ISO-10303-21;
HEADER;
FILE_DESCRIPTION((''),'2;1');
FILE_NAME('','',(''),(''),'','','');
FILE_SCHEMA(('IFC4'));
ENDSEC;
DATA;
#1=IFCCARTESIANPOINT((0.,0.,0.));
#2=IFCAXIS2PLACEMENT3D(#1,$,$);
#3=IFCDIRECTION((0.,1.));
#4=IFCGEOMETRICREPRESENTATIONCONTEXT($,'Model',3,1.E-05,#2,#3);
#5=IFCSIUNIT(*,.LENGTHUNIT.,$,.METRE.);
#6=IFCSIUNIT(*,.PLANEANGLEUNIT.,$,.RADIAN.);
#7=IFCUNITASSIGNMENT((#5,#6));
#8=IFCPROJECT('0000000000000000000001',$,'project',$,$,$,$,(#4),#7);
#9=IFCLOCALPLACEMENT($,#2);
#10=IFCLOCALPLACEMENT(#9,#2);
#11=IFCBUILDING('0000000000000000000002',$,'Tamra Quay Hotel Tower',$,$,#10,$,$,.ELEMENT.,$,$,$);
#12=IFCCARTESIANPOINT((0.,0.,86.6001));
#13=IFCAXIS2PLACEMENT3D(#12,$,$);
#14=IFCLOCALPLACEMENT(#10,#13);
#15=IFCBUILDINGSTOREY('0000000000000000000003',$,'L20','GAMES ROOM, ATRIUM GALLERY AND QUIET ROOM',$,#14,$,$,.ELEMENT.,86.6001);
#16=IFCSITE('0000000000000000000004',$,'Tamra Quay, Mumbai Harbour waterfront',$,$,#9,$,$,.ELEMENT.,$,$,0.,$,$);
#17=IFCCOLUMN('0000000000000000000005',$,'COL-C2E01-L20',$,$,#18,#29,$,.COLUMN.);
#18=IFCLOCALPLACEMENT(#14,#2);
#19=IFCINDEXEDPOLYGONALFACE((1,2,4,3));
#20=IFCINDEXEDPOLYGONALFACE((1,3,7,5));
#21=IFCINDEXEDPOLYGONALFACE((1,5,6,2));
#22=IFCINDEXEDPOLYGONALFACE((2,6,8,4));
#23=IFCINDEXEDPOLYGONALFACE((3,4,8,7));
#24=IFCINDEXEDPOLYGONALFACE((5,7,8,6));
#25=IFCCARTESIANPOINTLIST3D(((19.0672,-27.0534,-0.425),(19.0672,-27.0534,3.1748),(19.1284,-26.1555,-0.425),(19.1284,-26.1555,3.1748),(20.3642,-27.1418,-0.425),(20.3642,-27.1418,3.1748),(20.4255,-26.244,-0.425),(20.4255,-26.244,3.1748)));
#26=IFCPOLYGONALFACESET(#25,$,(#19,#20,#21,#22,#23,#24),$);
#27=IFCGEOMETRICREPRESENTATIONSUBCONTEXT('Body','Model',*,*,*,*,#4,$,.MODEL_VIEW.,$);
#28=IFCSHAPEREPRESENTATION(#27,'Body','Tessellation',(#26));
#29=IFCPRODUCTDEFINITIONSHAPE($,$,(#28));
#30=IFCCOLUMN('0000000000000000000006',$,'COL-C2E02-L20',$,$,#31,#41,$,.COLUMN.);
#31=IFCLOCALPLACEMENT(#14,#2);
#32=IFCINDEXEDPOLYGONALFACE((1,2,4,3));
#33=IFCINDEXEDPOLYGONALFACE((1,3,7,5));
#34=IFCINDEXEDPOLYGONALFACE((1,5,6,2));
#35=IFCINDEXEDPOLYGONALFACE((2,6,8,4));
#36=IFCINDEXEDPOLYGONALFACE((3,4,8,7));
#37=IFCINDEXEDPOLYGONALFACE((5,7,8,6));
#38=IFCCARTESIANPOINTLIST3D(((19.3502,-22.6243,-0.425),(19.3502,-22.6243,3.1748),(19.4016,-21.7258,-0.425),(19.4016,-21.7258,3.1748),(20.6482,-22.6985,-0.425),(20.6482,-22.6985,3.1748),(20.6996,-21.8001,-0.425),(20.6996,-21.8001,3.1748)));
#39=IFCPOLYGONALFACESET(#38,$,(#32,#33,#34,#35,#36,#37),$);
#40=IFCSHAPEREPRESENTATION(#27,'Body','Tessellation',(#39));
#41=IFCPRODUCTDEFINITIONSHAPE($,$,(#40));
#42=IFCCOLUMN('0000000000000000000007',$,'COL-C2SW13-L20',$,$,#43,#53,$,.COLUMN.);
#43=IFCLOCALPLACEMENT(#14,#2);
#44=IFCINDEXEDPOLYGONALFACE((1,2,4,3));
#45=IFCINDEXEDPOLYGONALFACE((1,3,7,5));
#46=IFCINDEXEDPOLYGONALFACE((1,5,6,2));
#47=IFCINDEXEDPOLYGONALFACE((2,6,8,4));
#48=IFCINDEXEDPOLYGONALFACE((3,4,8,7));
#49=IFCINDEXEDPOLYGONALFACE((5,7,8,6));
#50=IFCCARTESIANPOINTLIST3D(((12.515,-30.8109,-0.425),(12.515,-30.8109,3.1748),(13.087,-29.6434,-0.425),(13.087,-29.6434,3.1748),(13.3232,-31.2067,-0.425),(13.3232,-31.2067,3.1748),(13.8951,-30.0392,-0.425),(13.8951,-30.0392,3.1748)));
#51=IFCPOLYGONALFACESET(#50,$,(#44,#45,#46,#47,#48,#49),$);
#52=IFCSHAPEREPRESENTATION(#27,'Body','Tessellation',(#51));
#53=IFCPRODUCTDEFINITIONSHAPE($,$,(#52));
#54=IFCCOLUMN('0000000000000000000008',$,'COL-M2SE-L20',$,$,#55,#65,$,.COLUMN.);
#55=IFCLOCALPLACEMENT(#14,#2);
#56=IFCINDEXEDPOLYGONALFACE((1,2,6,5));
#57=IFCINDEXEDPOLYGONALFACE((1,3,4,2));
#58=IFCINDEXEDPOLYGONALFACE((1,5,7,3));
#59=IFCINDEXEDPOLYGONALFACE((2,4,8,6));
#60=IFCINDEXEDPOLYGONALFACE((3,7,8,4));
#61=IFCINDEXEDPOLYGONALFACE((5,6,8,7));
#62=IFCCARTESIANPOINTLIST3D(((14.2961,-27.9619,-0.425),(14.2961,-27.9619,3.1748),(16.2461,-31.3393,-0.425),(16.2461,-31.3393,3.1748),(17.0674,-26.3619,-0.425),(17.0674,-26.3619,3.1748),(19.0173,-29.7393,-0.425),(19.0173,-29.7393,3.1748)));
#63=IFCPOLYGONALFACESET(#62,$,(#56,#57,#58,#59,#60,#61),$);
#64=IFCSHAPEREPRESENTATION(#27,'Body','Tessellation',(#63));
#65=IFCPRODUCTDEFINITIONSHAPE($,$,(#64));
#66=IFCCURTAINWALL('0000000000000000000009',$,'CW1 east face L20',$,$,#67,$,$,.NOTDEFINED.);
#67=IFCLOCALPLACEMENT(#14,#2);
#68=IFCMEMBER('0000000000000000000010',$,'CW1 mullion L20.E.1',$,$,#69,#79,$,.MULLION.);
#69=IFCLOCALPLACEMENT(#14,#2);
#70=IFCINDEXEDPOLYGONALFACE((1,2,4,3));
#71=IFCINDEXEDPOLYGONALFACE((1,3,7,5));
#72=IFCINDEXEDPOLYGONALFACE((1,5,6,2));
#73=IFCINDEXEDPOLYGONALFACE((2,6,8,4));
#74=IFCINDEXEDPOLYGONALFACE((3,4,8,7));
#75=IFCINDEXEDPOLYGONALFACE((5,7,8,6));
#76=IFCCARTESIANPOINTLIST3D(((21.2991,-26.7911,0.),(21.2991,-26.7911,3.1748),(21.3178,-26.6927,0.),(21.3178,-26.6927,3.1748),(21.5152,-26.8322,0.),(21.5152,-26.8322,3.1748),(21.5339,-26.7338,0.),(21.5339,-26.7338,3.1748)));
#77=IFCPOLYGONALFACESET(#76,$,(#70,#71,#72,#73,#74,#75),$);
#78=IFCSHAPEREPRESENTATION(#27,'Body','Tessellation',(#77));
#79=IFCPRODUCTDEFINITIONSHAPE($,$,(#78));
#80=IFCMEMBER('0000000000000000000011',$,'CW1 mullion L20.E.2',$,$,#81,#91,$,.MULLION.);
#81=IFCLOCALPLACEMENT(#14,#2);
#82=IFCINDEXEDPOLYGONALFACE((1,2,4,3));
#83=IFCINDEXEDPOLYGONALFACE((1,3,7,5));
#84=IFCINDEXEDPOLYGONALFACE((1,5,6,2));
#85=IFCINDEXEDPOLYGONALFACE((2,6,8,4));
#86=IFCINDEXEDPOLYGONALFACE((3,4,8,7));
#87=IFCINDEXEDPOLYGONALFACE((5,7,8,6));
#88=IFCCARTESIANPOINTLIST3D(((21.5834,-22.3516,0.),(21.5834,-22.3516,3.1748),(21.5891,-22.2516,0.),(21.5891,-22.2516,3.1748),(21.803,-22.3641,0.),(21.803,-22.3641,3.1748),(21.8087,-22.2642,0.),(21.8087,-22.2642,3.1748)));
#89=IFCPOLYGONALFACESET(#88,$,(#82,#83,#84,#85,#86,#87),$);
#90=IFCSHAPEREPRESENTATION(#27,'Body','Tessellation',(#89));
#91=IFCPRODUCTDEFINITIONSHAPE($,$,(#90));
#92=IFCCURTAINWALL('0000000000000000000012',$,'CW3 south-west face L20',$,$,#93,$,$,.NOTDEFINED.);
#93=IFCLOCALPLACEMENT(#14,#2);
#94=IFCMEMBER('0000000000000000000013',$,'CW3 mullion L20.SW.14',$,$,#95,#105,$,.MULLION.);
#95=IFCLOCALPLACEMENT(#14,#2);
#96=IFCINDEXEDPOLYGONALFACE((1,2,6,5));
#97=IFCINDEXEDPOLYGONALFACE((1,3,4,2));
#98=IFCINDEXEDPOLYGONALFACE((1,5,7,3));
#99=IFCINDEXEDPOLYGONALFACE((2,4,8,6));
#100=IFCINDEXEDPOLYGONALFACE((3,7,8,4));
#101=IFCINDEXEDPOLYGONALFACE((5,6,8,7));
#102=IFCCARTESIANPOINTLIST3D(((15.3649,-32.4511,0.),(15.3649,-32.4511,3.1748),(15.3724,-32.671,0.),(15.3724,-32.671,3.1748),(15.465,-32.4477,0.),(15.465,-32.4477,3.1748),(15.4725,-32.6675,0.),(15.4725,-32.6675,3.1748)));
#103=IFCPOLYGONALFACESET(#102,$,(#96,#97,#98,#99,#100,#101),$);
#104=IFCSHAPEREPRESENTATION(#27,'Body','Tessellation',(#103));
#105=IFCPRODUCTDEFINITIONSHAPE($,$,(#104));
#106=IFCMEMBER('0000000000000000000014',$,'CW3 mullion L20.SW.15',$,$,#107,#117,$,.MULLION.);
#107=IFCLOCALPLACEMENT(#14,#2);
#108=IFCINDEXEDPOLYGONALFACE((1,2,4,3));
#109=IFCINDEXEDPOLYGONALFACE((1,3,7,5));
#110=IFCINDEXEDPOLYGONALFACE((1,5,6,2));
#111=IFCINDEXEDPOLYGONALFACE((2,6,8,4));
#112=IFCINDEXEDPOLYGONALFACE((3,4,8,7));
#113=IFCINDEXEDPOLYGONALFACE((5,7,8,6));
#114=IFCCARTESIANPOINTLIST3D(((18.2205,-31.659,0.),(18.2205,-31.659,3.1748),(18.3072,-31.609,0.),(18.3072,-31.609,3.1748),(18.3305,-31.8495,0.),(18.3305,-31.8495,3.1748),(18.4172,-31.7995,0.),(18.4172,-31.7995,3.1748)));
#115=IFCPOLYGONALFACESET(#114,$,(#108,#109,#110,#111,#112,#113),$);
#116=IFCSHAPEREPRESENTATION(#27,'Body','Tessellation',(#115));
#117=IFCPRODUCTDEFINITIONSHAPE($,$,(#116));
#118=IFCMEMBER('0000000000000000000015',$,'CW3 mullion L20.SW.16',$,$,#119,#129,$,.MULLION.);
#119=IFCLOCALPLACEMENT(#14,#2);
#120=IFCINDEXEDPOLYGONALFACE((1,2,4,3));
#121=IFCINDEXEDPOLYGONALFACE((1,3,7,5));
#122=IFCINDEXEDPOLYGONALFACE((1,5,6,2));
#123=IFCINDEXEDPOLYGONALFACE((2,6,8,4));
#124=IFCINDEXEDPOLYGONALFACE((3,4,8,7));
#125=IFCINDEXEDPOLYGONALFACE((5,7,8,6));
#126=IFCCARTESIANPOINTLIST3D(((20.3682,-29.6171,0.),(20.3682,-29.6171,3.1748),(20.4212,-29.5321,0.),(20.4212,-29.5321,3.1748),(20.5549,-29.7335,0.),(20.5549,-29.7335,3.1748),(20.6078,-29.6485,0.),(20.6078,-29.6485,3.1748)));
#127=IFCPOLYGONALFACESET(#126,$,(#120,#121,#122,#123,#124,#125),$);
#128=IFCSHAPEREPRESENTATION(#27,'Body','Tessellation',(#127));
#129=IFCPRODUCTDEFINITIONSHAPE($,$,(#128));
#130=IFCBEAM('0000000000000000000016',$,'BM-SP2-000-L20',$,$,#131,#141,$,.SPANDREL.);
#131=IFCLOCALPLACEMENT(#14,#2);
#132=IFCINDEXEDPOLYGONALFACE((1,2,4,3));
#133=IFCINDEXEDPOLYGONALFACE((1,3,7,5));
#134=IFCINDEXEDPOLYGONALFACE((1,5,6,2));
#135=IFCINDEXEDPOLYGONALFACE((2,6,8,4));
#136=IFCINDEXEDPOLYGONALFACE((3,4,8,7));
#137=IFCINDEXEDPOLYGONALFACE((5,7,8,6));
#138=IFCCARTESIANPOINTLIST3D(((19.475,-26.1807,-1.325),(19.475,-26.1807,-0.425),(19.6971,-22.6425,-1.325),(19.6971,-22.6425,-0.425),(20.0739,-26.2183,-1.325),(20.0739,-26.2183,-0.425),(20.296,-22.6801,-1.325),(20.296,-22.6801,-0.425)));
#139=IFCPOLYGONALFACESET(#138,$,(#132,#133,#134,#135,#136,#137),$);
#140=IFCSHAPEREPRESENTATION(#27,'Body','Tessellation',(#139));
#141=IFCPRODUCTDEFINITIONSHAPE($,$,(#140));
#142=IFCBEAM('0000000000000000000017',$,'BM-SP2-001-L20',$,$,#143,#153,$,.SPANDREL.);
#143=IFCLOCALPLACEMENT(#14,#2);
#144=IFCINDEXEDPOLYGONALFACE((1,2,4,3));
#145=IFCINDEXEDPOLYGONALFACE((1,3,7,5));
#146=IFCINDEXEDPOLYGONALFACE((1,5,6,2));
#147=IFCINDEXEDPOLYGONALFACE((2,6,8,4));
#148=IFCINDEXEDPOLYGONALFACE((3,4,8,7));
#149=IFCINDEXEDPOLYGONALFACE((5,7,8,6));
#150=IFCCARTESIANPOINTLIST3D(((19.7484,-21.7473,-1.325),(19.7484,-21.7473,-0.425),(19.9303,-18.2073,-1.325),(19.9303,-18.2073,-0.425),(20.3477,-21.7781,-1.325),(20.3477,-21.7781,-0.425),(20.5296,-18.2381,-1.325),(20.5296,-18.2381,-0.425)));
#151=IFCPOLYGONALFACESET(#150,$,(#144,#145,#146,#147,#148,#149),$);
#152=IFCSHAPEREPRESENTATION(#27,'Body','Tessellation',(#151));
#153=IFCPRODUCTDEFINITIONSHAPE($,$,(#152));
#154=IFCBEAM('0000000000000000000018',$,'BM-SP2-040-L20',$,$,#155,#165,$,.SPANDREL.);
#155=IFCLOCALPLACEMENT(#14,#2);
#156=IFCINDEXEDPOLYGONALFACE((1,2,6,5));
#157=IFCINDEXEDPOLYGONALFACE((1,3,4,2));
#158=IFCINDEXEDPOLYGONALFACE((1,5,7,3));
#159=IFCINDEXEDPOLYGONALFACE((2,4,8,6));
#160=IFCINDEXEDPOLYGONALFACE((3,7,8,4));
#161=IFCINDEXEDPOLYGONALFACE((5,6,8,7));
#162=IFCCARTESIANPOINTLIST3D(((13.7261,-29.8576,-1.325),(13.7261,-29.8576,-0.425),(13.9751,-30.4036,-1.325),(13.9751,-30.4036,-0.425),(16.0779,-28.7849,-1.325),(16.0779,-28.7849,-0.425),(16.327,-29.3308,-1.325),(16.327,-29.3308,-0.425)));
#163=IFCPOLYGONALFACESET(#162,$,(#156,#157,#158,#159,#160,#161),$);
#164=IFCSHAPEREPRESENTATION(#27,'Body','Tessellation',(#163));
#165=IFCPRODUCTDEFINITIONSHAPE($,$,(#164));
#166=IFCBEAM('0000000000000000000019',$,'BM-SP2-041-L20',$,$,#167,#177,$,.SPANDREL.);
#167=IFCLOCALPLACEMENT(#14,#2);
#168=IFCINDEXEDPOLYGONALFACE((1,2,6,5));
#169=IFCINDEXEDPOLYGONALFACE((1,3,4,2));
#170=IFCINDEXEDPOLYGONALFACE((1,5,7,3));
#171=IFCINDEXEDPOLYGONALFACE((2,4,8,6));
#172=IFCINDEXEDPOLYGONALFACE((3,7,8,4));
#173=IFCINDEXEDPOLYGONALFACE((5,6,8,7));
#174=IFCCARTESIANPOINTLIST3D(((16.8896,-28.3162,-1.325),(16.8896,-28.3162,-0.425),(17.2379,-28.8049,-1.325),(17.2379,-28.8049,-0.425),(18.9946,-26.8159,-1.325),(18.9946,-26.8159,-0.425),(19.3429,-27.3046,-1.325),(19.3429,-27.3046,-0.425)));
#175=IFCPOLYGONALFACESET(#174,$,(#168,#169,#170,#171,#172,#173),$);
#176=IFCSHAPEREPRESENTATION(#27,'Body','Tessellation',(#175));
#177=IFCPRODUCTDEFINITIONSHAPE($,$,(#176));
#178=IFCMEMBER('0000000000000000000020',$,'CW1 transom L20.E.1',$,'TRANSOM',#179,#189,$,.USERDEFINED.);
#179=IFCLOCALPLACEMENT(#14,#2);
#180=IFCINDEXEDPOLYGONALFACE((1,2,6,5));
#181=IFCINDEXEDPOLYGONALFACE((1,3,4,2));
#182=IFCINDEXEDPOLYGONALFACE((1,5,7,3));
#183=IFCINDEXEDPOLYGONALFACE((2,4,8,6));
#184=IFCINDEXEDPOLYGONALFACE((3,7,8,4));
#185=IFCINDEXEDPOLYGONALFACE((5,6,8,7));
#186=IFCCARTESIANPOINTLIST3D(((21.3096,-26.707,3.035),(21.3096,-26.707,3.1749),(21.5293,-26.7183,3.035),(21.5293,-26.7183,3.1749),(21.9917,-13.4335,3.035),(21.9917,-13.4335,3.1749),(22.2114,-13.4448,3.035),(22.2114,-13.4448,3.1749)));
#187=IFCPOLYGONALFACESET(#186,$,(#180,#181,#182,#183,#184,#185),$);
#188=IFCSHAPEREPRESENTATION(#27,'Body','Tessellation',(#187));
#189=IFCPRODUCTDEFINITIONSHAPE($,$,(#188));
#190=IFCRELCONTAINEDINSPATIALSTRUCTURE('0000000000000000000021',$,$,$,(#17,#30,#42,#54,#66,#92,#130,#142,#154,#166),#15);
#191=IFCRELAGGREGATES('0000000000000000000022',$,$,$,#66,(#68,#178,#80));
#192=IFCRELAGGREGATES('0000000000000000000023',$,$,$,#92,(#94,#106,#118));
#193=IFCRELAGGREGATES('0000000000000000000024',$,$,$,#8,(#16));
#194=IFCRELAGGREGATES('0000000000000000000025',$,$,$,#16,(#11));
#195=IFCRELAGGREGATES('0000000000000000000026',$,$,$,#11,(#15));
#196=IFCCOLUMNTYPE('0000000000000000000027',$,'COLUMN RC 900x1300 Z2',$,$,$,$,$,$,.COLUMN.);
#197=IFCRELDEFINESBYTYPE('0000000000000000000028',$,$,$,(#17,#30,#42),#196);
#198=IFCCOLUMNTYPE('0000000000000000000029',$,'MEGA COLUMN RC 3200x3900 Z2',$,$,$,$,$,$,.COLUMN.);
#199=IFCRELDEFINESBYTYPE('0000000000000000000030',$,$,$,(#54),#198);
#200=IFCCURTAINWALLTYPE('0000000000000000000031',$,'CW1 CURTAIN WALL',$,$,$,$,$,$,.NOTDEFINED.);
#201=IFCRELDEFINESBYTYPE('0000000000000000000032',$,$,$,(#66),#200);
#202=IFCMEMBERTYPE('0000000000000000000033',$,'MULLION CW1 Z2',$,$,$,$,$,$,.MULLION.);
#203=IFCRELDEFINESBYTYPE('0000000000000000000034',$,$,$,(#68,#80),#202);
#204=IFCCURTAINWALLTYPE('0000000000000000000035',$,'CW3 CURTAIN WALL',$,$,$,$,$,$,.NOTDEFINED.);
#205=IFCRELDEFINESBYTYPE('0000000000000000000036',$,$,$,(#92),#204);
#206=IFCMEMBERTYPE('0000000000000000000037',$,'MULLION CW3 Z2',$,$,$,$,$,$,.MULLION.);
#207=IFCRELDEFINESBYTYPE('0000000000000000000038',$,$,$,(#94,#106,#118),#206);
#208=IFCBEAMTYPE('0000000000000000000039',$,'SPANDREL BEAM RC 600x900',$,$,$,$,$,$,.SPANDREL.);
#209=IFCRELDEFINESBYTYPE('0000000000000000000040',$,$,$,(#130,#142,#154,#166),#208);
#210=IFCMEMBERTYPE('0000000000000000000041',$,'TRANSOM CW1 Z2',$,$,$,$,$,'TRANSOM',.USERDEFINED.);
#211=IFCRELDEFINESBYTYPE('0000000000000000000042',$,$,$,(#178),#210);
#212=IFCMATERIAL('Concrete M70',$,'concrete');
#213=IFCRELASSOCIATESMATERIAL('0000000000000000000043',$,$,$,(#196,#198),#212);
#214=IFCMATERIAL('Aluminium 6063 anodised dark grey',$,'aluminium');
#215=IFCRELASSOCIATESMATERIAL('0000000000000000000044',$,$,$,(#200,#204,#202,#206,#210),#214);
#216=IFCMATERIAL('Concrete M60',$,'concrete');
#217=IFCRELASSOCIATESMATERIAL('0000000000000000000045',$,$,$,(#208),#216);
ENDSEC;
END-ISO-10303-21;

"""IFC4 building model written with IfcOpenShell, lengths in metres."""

from ifc_helpers import new_model, si_unit, direction, frame, origin, origin_2d, place, context, subcontext, project, spatial, rectangle, extrude, material, material_profile, profile_set, type_object, element, aggregate, save


model = new_model("IFC4")

# Units and contexts
model_context = context("Model", 3, precision=1e-05, world=origin(), true_north=direction((0.0, 1.0)))
body_context = subcontext(model_context, "Body", "Model", "MODEL_VIEW")
ifc_project = project(units=[si_unit("LENGTHUNIT", "METRE"), si_unit("PLANEANGLEUNIT", "RADIAN")], contexts=[model_context])

# Site, building, storey
site_placement = place(None, origin())
site = spatial("IfcSite", under=ifc_project, at=site_placement, Name="Tamra Quay, Mumbai Harbour waterfront", CompositionType="ELEMENT", RefElevation=0.0)
building_placement = place(site_placement, origin())
building = spatial("IfcBuilding", under=site, at=building_placement, Name="Tamra Quay Hotel Tower", CompositionType="ELEMENT")
storey_placement = place(building_placement, frame((0.0, 0.0, 86.6001)))
storey = spatial("IfcBuildingStorey", under=building, at=storey_placement, Name="L20", Description="GAMES ROOM, ATRIUM GALLERY AND QUIET ROOM", CompositionType="ELEMENT", Elevation=86.6001)

# Columns
ifc_material_1 = material(Name="Concrete M70", Category="concrete")
ifc_material_profile_1 = material_profile(ifc_material_1, rectangle(XDim=1.3, YDim=0.8999, at=origin_2d()), Name="COLUMN RC 900x1300 Z2")
ifc_profile_set_1 = profile_set([ifc_material_profile_1], Name="Concrete M70")
column_type_1 = type_object("IfcColumnType", Name="COLUMN RC 900x1300 Z2", PredefinedType="COLUMN", material=ifc_profile_set_1)
for number, where, z_axis, x_axis, name in (
    (1, (19.7463, -26.6487, -0.425), (0.0, 0.0, 1.0), (-0.997682, 0.068041, 0.0), "COL-C2E01-L20"),
    (2, (20.0249, -22.2122, -0.425), (0.0, 0.0, 1.0), (-0.998368, 0.057108, 0.0), "COL-C2E02-L20"),
    (3, (13.2051, -30.425, -0.425), (0.0, 0.0, 1.0), (0.439916, 0.898039, 0.0), "COL-C2SW13-L20"),
):
    element("IfcColumn", number, at=place(storey_placement, frame(where, z_axis=z_axis, x_axis=x_axis)), inside=storey, type_object=column_type_1, Name=name, PredefinedType="COLUMN", context=body_context, shape_type="SweptSolid", body=[
        extrude(rectangle(XDim=1.3, YDim=0.8999, at=origin_2d()), origin(), (0.0, 0.0, 1.0), 3.5999),
    ])
ifc_material_profile_2 = material_profile(ifc_material_1, rectangle(XDim=3.8999, YDim=3.2, at=origin_2d()), Name="MEGA COLUMN RC 3200x3900 Z2")
ifc_profile_set_2 = profile_set([ifc_material_profile_2], Name="Concrete M70")
column_type_2 = type_object("IfcColumnType", Name="MEGA COLUMN RC 3200x3900 Z2", PredefinedType="COLUMN", material=ifc_profile_set_2)
column_placement = place(storey_placement, frame((16.6567, -28.8506, -0.425), z_axis=(0.0, 0.0, 1.0), x_axis=(-0.5, 0.866025, 0.0)))
element("IfcColumn", 4, at=column_placement, inside=storey, type_object=column_type_2, Name="COL-M2SE-L20", PredefinedType="COLUMN", context=body_context, shape_type="SweptSolid", body=[
    extrude(rectangle(XDim=3.8999, YDim=3.2, at=origin_2d()), origin(), (0.0, 0.0, 1.0), 3.5999),
])

# Curtain walls, members
ifc_material_2 = material(Name="Aluminium 6063 anodised dark grey", Category="aluminium")
curtain_wall_type_1 = type_object("IfcCurtainWallType", Name="CW1 CURTAIN WALL", PredefinedType="NOTDEFINED", material=ifc_material_2)
curtain_wall_1_placement = place(storey_placement, origin())
curtain_wall_1 = element("IfcCurtainWall", 5, at=curtain_wall_1_placement, inside=storey, type_object=curtain_wall_type_1, Name="CW1 east face L20", PredefinedType="NOTDEFINED")
ifc_material_profile_3 = material_profile(ifc_material_2, rectangle(XDim=0.22, YDim=0.1001, at=origin_2d()), Name="MULLION 100X220")
ifc_profile_set_3 = profile_set([ifc_material_profile_3], Name="Aluminium 6063 anodised dark grey")
member_type_1 = type_object("IfcMemberType", Name="MULLION CW1 Z2", PredefinedType="MULLION", material=ifc_profile_set_3)
member_1_placement = place(storey_placement, frame((21.4165, -26.7625, 0.0), z_axis=(0.0, 0.0, 1.0), x_axis=(0.982419, -0.186689, 0.0)))
member_1 = element("IfcMember", 6, at=member_1_placement, type_object=member_type_1, Name="CW1 mullion L20.E.1", PredefinedType="MULLION", context=body_context, shape_type="SweptSolid", body=[
    extrude(rectangle(XDim=0.22, YDim=0.1001, at=origin_2d()), origin(), (0.0, 0.0, 1.0), 3.1748),
])
member_2_placement = place(storey_placement, frame((21.696, -22.3079, 0.0), z_axis=(0.0, 0.0, 1.0), x_axis=(0.998374, -0.056996, 0.0)))
member_2 = element("IfcMember", 7, at=member_2_placement, type_object=member_type_1, Name="CW1 mullion L20.E.2", PredefinedType="MULLION", context=body_context, shape_type="SweptSolid", body=[
    extrude(rectangle(XDim=0.22, YDim=0.1001, at=origin_2d()), origin(), (0.0, 0.0, 1.0), 3.1748),
])
curtain_wall_type_2 = type_object("IfcCurtainWallType", Name="CW3 CURTAIN WALL", PredefinedType="NOTDEFINED", material=ifc_material_2)
curtain_wall_2_placement = place(storey_placement, origin())
curtain_wall_2 = element("IfcCurtainWall", 8, at=curtain_wall_2_placement, inside=storey, type_object=curtain_wall_type_2, Name="CW3 south-west face L20", PredefinedType="NOTDEFINED")
ifc_material_profile_4 = material_profile(ifc_material_2, rectangle(XDim=0.22, YDim=0.1001, at=origin_2d()), Name="MULLION 100X220")
ifc_profile_set_4 = profile_set([ifc_material_profile_4], Name="Aluminium 6063 anodised dark grey")
member_type_2 = type_object("IfcMemberType", Name="MULLION CW3 Z2", PredefinedType="MULLION", material=ifc_profile_set_4)
member_3_placement = place(storey_placement, frame((15.4187, -32.5593, 0.0), z_axis=(0.0, 0.0, 1.0), x_axis=(0.034041, -0.99942, 0.0)))
member_3 = element("IfcMember", 9, at=member_3_placement, type_object=member_type_2, Name="CW3 mullion L20.SW.14", PredefinedType="MULLION", context=body_context, shape_type="SweptSolid", body=[
    extrude(rectangle(XDim=0.22, YDim=0.1001, at=origin_2d()), origin(), (0.0, 0.0, 1.0), 3.1748),
])
member_4_placement = place(storey_placement, frame((18.3188, -31.7292, 0.0), z_axis=(0.0, 0.0, 1.0), x_axis=(0.5, -0.866025, 0.0)))
member_4 = element("IfcMember", 10, at=member_4_placement, type_object=member_type_2, Name="CW3 mullion L20.SW.15", PredefinedType="MULLION", context=body_context, shape_type="SweptSolid", body=[
    extrude(rectangle(XDim=0.22, YDim=0.1001, at=origin_2d()), origin(), (0.0, 0.0, 1.0), 3.1748),
])
member_5_placement = place(storey_placement, frame((20.488, -29.6328, 0.0), z_axis=(0.0, 0.0, 1.0), x_axis=(0.848503, -0.52919, 0.0)))
member_5 = element("IfcMember", 11, at=member_5_placement, type_object=member_type_2, Name="CW3 mullion L20.SW.16", PredefinedType="MULLION", context=body_context, shape_type="SweptSolid", body=[
    extrude(rectangle(XDim=0.22, YDim=0.1001, at=origin_2d()), origin(), (0.0, 0.0, 1.0), 3.1748),
])

# Beams
ifc_material_3 = material(Name="Concrete M60", Category="concrete")
ifc_material_profile_5 = material_profile(ifc_material_3, rectangle(XDim=0.6001, YDim=0.8999, at=origin_2d()), Name="SPANDREL BEAM RC 600x900")
ifc_profile_set_5 = profile_set([ifc_material_profile_5], Name="Concrete M60")
beam_type = type_object("IfcBeamType", Name="SPANDREL BEAM RC 600x900", PredefinedType="SPANDREL", material=ifc_profile_set_5)
beam_1_placement = place(storey_placement, frame((19.7744, -26.1995, -0.875), z_axis=(0.06267, 0.998034, 0.0), x_axis=(-0.998034, 0.06267, 0.0)))
element("IfcBeam", 12, at=beam_1_placement, inside=storey, type_object=beam_type, Name="BM-SP2-000-L20", PredefinedType="SPANDREL", context=body_context, shape_type="SweptSolid", body=[
    extrude(rectangle(XDim=0.6001, YDim=0.8999, at=origin_2d()), origin(), (0.0, 0.0, 1.0), 3.5452),
])
beam_2_placement = place(storey_placement, frame((20.0481, -21.7627, -0.875), z_axis=(0.051312, 0.998683, 0.0), x_axis=(-0.998683, 0.051312, 0.0)))
element("IfcBeam", 13, at=beam_2_placement, inside=storey, type_object=beam_type, Name="BM-SP2-001-L20", PredefinedType="SPANDREL", context=body_context, shape_type="SweptSolid", body=[
    extrude(rectangle(XDim=0.6001, YDim=0.8999, at=origin_2d()), origin(), (0.0, 0.0, 1.0), 3.5447),
])
for number, where, z_axis, x_axis, name in (
    (14, (13.8506, -30.1306, -0.875), (0.909819, 0.415005, 0.0), (-0.415005, 0.909819, 0.0), "BM-SP2-040-L20"),
    (15, (17.0637, -28.5605, -0.875), (0.814339, 0.580389, 0.0), (-0.580389, 0.814339, 0.0), "BM-SP2-041-L20"),
):
    element("IfcBeam", number, at=place(storey_placement, frame(where, z_axis=z_axis, x_axis=x_axis)), inside=storey, type_object=beam_type, Name=name, PredefinedType="SPANDREL", context=body_context, shape_type="SweptSolid", body=[
        extrude(rectangle(XDim=0.6001, YDim=0.8999, at=origin_2d()), origin(), (0.0, 0.0, 1.0), 2.585),
    ])

# Member
ifc_material_profile_6 = material_profile(ifc_material_2, rectangle(XDim=0.22, YDim=0.1399, at=origin_2d()), Name="TRANSOM 220X140")
ifc_profile_set_6 = profile_set([ifc_material_profile_6], Name="Aluminium 6063 anodised dark grey")
member_type_3 = type_object("IfcMemberType", Name="TRANSOM CW1 Z2", ElementType="TRANSOM", PredefinedType="USERDEFINED", material=ifc_profile_set_6)
member_6_placement = place(storey_placement, frame((21.4194, -26.7126, 3.105), z_axis=(0.051323, 0.998682, 0.0), x_axis=(-0.998682, 0.051323, 0.0)))
member_6 = element("IfcMember", 16, at=member_6_placement, type_object=member_type_3, Name="CW1 transom L20.E.1", ObjectType="TRANSOM", PredefinedType="USERDEFINED", context=body_context, shape_type="SweptSolid", body=[
    extrude(rectangle(XDim=0.22, YDim=0.1399, at=origin_2d()), origin(), (0.0, 0.0, 1.0), 13.291),
])

aggregate(curtain_wall_1, [member_1, member_6, member_2])
aggregate(curtain_wall_2, [member_3, member_4, member_5])

save(model, "model.ifc")
